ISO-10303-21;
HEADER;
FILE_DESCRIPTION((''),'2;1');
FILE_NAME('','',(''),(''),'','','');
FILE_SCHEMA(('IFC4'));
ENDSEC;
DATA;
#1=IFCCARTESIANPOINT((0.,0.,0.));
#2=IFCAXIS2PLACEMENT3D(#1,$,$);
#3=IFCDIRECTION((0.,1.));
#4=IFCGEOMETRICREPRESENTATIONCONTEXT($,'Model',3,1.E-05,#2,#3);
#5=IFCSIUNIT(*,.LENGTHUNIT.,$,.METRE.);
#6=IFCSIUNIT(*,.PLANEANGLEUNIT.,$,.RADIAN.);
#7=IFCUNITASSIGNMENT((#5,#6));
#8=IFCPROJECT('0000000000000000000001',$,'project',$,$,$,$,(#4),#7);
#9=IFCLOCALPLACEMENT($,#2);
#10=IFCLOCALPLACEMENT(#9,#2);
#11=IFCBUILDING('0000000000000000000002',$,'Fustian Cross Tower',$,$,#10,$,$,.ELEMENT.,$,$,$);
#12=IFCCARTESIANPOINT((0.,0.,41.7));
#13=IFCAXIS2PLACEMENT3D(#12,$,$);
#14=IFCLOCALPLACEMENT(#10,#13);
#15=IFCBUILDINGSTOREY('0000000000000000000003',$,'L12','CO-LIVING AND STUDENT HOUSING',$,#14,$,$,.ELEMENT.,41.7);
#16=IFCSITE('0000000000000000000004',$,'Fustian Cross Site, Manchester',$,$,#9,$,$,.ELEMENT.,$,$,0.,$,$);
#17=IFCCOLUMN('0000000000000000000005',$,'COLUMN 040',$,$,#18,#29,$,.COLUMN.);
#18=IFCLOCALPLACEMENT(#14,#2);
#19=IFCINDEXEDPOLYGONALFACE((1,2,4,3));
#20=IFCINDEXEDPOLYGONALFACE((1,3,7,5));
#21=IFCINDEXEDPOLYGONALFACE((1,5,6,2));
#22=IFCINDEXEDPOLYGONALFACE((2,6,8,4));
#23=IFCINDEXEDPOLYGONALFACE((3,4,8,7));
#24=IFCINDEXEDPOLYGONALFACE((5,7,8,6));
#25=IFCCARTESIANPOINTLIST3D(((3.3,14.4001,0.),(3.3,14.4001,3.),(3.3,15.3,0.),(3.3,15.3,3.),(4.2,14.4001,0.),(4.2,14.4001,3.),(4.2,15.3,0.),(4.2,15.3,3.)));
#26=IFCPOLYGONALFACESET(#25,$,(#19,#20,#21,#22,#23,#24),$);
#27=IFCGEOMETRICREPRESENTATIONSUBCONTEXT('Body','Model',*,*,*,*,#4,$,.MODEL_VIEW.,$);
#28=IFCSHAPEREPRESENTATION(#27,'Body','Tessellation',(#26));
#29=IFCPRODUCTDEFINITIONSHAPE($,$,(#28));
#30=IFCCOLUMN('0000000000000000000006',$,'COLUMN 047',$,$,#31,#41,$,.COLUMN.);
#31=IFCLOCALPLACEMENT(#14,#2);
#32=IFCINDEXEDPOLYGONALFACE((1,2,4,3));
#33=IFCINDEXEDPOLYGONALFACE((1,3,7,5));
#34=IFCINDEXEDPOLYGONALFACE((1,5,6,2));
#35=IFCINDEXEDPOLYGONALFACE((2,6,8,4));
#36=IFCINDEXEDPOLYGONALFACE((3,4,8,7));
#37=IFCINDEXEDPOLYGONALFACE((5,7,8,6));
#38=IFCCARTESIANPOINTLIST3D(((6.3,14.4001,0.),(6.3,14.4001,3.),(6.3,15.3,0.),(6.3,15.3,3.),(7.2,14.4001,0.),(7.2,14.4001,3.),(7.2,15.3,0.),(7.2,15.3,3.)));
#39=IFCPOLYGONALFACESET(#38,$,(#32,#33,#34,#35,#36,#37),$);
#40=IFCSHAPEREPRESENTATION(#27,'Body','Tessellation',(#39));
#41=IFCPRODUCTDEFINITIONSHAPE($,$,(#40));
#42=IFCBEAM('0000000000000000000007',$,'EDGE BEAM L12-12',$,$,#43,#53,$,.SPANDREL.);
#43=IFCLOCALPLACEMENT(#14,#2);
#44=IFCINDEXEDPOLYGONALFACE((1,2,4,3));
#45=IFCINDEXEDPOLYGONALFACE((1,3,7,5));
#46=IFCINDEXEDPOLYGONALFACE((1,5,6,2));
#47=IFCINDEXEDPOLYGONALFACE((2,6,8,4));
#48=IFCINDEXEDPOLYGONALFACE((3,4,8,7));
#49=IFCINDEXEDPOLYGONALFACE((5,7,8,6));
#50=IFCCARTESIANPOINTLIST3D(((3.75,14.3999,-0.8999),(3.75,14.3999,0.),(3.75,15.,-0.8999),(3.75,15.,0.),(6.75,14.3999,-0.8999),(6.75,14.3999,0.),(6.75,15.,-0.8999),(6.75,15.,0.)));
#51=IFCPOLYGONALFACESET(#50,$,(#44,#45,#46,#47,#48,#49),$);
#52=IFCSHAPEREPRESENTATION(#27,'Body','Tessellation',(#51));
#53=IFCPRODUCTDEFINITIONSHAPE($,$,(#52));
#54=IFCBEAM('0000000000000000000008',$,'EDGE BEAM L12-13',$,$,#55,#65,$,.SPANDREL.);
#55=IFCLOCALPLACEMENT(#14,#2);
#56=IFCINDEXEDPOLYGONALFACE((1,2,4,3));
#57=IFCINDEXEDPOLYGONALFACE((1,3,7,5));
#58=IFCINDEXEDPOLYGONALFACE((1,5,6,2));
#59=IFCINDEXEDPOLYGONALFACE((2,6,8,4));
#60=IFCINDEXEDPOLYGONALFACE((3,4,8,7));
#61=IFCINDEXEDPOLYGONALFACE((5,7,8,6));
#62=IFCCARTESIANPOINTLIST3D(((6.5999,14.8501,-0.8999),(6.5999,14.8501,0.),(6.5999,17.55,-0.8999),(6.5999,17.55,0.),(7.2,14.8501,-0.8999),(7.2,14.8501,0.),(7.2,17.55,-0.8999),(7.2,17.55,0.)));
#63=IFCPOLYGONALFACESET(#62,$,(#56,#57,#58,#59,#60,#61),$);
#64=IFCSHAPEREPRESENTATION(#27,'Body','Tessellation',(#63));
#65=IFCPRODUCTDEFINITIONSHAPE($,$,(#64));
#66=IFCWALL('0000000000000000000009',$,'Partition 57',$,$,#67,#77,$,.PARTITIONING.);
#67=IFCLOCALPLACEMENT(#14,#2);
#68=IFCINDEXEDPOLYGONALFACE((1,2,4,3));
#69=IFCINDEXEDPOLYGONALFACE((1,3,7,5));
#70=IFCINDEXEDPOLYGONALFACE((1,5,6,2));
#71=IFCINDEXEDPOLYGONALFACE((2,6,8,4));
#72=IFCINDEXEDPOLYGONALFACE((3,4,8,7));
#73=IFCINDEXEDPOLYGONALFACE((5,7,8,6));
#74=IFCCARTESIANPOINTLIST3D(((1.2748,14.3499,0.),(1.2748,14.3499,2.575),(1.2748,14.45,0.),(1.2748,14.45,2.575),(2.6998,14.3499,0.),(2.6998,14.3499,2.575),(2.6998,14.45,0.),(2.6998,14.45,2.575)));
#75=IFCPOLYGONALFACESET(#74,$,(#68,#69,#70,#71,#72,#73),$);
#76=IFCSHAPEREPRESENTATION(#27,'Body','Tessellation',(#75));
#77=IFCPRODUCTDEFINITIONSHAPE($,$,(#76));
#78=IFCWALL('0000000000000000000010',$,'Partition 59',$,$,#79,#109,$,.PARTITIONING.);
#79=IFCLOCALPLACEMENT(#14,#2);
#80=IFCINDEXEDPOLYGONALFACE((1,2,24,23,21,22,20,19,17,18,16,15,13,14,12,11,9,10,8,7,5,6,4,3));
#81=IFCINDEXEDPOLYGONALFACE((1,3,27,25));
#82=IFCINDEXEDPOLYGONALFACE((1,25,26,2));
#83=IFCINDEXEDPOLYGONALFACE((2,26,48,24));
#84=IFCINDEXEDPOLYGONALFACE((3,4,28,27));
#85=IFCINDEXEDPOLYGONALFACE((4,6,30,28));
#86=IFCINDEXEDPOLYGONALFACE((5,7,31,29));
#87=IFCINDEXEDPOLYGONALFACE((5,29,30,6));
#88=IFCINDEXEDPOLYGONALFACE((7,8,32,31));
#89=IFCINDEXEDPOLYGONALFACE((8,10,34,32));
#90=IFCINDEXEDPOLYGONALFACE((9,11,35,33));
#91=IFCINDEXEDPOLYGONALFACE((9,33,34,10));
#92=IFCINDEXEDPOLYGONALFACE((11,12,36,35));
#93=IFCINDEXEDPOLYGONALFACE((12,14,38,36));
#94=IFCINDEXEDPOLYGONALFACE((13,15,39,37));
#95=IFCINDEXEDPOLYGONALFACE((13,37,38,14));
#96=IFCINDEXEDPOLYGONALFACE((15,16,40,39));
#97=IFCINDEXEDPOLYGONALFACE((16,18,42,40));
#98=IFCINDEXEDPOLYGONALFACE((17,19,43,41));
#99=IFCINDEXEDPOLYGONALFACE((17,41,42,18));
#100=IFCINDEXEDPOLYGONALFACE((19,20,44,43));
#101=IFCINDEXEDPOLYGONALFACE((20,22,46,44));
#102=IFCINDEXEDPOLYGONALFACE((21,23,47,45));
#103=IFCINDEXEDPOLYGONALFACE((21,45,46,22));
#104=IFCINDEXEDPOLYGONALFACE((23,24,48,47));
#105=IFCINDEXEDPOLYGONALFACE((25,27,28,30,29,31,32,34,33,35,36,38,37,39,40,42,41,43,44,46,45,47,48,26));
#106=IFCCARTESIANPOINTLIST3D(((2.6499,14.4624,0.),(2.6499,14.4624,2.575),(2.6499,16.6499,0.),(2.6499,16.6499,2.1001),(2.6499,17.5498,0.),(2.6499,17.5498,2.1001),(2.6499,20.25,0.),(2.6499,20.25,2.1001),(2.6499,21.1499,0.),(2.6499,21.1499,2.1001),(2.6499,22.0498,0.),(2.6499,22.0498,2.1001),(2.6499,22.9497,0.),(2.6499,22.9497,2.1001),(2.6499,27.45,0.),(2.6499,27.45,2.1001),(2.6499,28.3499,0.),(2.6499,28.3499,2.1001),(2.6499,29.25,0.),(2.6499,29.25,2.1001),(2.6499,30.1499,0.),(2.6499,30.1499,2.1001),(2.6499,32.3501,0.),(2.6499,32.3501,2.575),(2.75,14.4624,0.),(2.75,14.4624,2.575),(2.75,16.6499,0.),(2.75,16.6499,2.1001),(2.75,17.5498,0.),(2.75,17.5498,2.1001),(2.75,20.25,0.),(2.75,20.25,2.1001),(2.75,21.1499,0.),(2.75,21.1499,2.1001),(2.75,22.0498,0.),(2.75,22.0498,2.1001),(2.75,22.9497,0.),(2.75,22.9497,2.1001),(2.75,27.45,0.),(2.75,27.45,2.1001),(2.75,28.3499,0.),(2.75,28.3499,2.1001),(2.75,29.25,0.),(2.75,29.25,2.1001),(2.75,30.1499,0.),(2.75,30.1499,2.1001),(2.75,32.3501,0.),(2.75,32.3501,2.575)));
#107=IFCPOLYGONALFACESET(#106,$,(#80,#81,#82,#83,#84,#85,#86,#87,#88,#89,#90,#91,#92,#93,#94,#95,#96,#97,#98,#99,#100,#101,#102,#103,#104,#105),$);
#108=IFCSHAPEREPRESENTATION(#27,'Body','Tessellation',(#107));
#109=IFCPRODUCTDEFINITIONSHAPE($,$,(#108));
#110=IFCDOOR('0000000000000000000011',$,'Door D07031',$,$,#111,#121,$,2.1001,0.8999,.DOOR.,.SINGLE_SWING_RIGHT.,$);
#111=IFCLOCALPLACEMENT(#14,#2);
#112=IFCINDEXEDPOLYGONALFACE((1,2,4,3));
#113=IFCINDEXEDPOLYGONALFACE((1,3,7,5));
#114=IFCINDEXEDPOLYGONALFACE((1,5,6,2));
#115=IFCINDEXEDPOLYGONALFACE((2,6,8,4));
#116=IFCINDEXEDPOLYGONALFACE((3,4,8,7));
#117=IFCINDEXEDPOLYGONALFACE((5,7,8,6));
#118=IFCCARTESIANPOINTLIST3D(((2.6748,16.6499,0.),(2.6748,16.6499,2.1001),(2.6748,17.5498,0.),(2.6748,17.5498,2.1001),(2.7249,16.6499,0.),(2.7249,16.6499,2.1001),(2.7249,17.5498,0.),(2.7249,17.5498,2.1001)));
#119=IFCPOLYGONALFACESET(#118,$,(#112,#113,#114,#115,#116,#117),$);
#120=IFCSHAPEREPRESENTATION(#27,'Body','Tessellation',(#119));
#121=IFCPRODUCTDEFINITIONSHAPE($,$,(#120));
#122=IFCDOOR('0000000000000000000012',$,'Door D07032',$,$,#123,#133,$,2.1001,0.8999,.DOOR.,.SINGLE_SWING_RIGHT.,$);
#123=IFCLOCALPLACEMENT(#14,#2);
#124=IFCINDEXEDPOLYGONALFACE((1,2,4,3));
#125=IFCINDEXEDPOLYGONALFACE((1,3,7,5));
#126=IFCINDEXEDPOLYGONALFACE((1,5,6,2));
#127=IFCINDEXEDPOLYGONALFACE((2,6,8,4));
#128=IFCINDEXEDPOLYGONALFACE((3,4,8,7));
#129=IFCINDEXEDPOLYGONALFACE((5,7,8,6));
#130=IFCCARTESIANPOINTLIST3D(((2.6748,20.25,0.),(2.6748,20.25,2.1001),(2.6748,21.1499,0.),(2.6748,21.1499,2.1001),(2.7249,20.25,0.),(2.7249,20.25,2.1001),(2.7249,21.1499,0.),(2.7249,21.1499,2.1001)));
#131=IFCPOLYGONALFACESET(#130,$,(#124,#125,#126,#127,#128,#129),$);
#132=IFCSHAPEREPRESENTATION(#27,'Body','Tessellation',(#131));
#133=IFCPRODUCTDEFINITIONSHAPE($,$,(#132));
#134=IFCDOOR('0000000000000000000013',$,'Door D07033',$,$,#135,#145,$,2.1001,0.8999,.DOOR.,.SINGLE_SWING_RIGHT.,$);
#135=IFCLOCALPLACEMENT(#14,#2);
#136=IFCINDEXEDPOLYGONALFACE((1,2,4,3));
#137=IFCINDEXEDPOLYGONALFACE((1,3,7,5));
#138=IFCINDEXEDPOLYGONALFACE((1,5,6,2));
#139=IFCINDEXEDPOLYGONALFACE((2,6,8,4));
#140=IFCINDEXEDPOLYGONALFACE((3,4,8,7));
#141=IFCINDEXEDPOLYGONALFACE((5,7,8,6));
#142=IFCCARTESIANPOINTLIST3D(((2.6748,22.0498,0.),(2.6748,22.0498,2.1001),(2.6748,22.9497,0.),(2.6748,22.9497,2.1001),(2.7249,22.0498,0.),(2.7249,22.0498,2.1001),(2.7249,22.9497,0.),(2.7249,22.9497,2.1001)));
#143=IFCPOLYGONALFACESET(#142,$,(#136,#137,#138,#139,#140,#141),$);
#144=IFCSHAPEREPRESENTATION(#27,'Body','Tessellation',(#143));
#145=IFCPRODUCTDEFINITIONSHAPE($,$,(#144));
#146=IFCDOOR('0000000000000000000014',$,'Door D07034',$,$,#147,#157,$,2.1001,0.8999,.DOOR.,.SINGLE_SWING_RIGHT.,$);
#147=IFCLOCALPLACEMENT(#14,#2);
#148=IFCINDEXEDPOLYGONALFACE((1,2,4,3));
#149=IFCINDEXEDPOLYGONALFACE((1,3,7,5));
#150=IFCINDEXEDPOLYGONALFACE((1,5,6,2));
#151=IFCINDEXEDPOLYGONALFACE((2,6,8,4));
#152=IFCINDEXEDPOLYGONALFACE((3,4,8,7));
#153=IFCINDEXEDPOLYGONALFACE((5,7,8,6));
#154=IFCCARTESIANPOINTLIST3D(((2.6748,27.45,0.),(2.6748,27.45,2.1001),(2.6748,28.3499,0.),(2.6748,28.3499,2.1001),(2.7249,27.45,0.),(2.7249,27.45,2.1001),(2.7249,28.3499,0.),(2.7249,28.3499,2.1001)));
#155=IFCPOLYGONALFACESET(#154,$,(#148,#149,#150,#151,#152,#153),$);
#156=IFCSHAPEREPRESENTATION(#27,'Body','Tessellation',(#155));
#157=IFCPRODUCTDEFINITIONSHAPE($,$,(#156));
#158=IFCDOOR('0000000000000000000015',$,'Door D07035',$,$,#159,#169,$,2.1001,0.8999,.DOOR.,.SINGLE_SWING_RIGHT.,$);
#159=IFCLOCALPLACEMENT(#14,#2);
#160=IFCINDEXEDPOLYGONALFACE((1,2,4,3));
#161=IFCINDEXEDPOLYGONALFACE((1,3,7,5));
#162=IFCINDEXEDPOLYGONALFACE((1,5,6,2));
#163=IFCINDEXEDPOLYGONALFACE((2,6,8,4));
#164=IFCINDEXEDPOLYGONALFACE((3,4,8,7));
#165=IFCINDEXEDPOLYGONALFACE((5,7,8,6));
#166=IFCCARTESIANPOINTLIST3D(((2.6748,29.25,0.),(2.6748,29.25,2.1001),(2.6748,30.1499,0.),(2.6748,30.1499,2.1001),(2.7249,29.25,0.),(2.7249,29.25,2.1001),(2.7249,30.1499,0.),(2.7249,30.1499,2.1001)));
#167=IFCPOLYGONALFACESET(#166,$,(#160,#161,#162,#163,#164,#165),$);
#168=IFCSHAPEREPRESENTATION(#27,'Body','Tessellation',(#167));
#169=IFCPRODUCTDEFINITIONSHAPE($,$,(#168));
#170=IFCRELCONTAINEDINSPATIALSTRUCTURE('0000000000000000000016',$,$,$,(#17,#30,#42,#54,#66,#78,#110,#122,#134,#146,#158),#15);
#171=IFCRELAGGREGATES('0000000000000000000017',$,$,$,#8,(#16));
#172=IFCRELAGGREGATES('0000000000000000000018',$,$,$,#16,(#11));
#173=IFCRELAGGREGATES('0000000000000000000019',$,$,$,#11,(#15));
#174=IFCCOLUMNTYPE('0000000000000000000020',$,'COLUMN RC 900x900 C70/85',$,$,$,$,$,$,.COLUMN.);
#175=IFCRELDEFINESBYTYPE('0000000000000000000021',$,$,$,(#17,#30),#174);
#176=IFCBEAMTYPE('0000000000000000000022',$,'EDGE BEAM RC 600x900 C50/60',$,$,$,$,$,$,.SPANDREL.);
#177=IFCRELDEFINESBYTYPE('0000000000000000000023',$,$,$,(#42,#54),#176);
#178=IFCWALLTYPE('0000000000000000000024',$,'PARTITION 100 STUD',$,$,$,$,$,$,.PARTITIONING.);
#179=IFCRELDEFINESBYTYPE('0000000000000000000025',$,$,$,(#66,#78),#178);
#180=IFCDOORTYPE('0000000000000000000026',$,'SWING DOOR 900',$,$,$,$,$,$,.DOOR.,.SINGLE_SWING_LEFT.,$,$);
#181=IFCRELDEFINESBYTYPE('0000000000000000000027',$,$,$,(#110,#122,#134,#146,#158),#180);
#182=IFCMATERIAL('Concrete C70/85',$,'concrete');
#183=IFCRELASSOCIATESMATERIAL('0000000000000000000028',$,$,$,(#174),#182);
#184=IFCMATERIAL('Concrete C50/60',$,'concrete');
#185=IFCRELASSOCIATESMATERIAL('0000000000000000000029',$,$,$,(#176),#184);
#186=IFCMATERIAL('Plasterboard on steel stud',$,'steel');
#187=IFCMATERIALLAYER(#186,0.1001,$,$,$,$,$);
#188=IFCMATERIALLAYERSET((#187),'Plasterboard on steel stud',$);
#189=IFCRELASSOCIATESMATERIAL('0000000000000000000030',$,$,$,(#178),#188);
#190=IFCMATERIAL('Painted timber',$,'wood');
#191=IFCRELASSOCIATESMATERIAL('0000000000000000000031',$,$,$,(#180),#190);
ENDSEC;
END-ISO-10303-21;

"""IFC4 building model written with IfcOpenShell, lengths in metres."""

from ifc_helpers import new_model, si_unit, direction, frame, frame_2d, origin, origin_2d, place, context, subcontext, project, spatial, rectangle, extrude, material, layer, layer_set, material_profile, profile_set, type_object, element, fill, save


model = new_model("IFC4")

# Units and contexts
model_context = context("Model", 3, precision=1e-05, world=origin(), true_north=direction((0.0, 1.0)))
body_context = subcontext(model_context, "Body", "Model", "MODEL_VIEW")
ifc_project = project(units=[si_unit("LENGTHUNIT", "METRE"), si_unit("PLANEANGLEUNIT", "RADIAN")], contexts=[model_context])

# Site, building, storey
site_placement = place(None, origin())
site = spatial("IfcSite", under=ifc_project, at=site_placement, Name="Fustian Cross Site, Manchester", CompositionType="ELEMENT", RefElevation=0.0)
building_placement = place(site_placement, origin())
building = spatial("IfcBuilding", under=site, at=building_placement, Name="Fustian Cross Tower", CompositionType="ELEMENT")
storey_placement = place(building_placement, frame((0.0, 0.0, 41.7)))
storey = spatial("IfcBuildingStorey", under=building, at=storey_placement, Name="L12", Description="CO-LIVING AND STUDENT HOUSING", CompositionType="ELEMENT", Elevation=41.7)

# Columns
ifc_material_1 = material(Name="Concrete C70/85", Category="concrete")
ifc_material_profile_1 = material_profile(ifc_material_1, rectangle(XDim=0.8999, YDim=0.8999, at=origin_2d()), Name="RC 900x900")
ifc_profile_set_1 = profile_set([ifc_material_profile_1], Name="Concrete C70/85")
column_type = type_object("IfcColumnType", Name="COLUMN RC 900x900 C70/85", PredefinedType="COLUMN", material=ifc_profile_set_1)
for number, where, z_axis, x_axis, name in (
    (1, (3.75, 14.8501, 0.0), (0.0, 0.0, 1.0), (1.0, 0.0, 0.0), "COLUMN 040"),
    (2, (6.75, 14.8501, 0.0), (0.0, 0.0, 1.0), (1.0, 0.0, 0.0), "COLUMN 047"),
):
    element("IfcColumn", number, at=place(storey_placement, frame(where, z_axis=z_axis, x_axis=x_axis)), inside=storey, type_object=column_type, Name=name, PredefinedType="COLUMN", context=body_context, shape_type="SweptSolid", body=[
        extrude(rectangle(XDim=0.8999, YDim=0.8999, at=origin_2d()), origin(), (0.0, 0.0, 1.0), 3.0),
    ])

# Beams
ifc_material_2 = material(Name="Concrete C50/60", Category="concrete")
ifc_material_profile_2 = material_profile(ifc_material_2, rectangle(XDim=0.6001, YDim=0.8999, at=origin_2d()), Name="RC 600x900")
ifc_profile_set_2 = profile_set([ifc_material_profile_2], Name="Concrete C50/60")
beam_type = type_object("IfcBeamType", Name="EDGE BEAM RC 600x900 C50/60", PredefinedType="SPANDREL", material=ifc_profile_set_2)
beam_1_placement = place(storey_placement, frame((3.75, 14.7, -0.45), z_axis=(1.0, 0.0, 0.0), x_axis=(0.0, 1.0, 0.0)))
element("IfcBeam", 3, at=beam_1_placement, inside=storey, type_object=beam_type, Name="EDGE BEAM L12-12", PredefinedType="SPANDREL", context=body_context, shape_type="SweptSolid", body=[
    extrude(rectangle(XDim=0.6001, YDim=0.8999, at=origin_2d()), origin(), (0.0, 0.0, 1.0), 3.0),
])
beam_2_placement = place(storey_placement, frame((6.8999, 14.8501, -0.45), z_axis=(0.0, 1.0, 0.0), x_axis=(-1.0, 0.0, 0.0)))
element("IfcBeam", 4, at=beam_2_placement, inside=storey, type_object=beam_type, Name="EDGE BEAM L12-13", PredefinedType="SPANDREL", context=body_context, shape_type="SweptSolid", body=[
    extrude(rectangle(XDim=0.6001, YDim=0.8999, at=origin_2d()), origin(), (0.0, 0.0, 1.0), 2.7),
])

# Wall
ifc_material_3 = material(Name="Plasterboard on steel stud", Category="steel")
ifc_layer_1 = layer(ifc_material_3, 0.1001)
ifc_layer_set_1 = layer_set([ifc_layer_1], Name="Plasterboard on steel stud")
wall_type_1 = type_object("IfcWallType", Name="PARTITION 100 STUD", PredefinedType="PARTITIONING", material=ifc_layer_set_1)
wall_1_placement = place(storey_placement, frame((1.2749, 14.3999, 0.0), z_axis=(0.0, 0.0, 1.0), x_axis=(1.0, 0.0, 0.0)))
element("IfcWall", 5, at=wall_1_placement, inside=storey, type_object=wall_type_1, Name="Partition 57", PredefinedType="PARTITIONING", context=body_context, shape_type="SweptSolid", body=[
    extrude(rectangle(XDim=1.425, YDim=0.1001, at=frame_2d((0.7124, 0.0))), origin(), (0.0, 0.0, 1.0), 2.575),
])

# Wall, openings, doors
wall_2_placement = place(storey_placement, frame((2.7, 14.4624, 0.0), z_axis=(0.0, 0.0, 1.0), x_axis=(0.0, 1.0, 0.0)))
wall_2 = element("IfcWall", 6, at=wall_2_placement, inside=storey, type_object=wall_type_1, Name="Partition 59", PredefinedType="PARTITIONING", context=body_context, shape_type="SweptSolid", body=[
    extrude(rectangle(XDim=17.8877, YDim=0.1001, at=frame_2d((8.9438, 0.0))), origin(), (0.0, 0.0, 1.0), 2.575),
])
opening_1_placement = place(wall_2_placement, frame((2.1875, 0.0, 0.0)))
opening_1 = element("IfcOpeningElement", 7, at=opening_1_placement, cuts=wall_2, PredefinedType="OPENING", context=body_context, shape_type="SweptSolid", body=[
    extrude(rectangle(XDim=0.8999, YDim=2.1001, at=frame_2d((0.45, 1.05))), frame((0.0, 0.0601, 0.0), z_axis=(0.0, -1.0, 0.0), x_axis=(1.0, 0.0, 0.0)), (0.0, 0.0, 1.0), 0.1201),
])
opening_2_placement = place(wall_2_placement, frame((5.7876, 0.0, 0.0)))
opening_2 = element("IfcOpeningElement", 8, at=opening_2_placement, cuts=wall_2, PredefinedType="OPENING", context=body_context, shape_type="SweptSolid", body=[
    extrude(rectangle(XDim=0.8999, YDim=2.1001, at=frame_2d((0.45, 1.05))), frame((0.0, 0.0601, 0.0), z_axis=(0.0, -1.0, 0.0), x_axis=(1.0, 0.0, 0.0)), (0.0, 0.0, 1.0), 0.1201),
])
opening_3_placement = place(wall_2_placement, frame((7.5874, 0.0, 0.0)))
opening_3 = element("IfcOpeningElement", 9, at=opening_3_placement, cuts=wall_2, PredefinedType="OPENING", context=body_context, shape_type="SweptSolid", body=[
    extrude(rectangle(XDim=0.8999, YDim=2.1001, at=frame_2d((0.45, 1.05))), frame((0.0, 0.0601, 0.0), z_axis=(0.0, -1.0, 0.0), x_axis=(1.0, 0.0, 0.0)), (0.0, 0.0, 1.0), 0.1201),
])
opening_4_placement = place(wall_2_placement, frame((12.9875, 0.0, 0.0)))
opening_4 = element("IfcOpeningElement", 10, at=opening_4_placement, cuts=wall_2, PredefinedType="OPENING", context=body_context, shape_type="SweptSolid", body=[
    extrude(rectangle(XDim=0.8999, YDim=2.1001, at=frame_2d((0.45, 1.05))), frame((0.0, 0.0601, 0.0), z_axis=(0.0, -1.0, 0.0), x_axis=(1.0, 0.0, 0.0)), (0.0, 0.0, 1.0), 0.1201),
])
opening_5_placement = place(wall_2_placement, frame((14.7876, 0.0, 0.0)))
opening_5 = element("IfcOpeningElement", 11, at=opening_5_placement, cuts=wall_2, PredefinedType="OPENING", context=body_context, shape_type="SweptSolid", body=[
    extrude(rectangle(XDim=0.8999, YDim=2.1001, at=frame_2d((0.45, 1.05))), frame((0.0, 0.0601, 0.0), z_axis=(0.0, -1.0, 0.0), x_axis=(1.0, 0.0, 0.0)), (0.0, 0.0, 1.0), 0.1201),
])
ifc_material_4 = material(Name="Painted timber", Category="wood")
door_type_1 = type_object("IfcDoorType", Name="SWING DOOR 900", OperationType="SINGLE_SWING_LEFT", PredefinedType="DOOR", material=ifc_material_4)
door_1_placement = place(opening_1_placement, frame((0.8999, 0.0, 0.0), z_axis=(0.0, 0.0, 1.0), x_axis=(-1.0, 0.0, 0.0)))
door_1 = element("IfcDoor", 12, at=door_1_placement, inside=storey, type_object=door_type_1, Name="Door D07031", OperationType="SINGLE_SWING_RIGHT", OverallHeight=2.1001, OverallWidth=0.8999, PredefinedType="DOOR", context=body_context, shape_type="SweptSolid", body=[
    extrude(rectangle(XDim=0.8999, YDim=2.1001, at=frame_2d((0.45, 1.05))), frame((0.0, 0.0249, 0.0), z_axis=(0.0, -1.0, 0.0), x_axis=(1.0, 0.0, 0.0)), (0.0, 0.0, 1.0), 0.05),
])
fill(opening_1, door_1)
door_2_placement = place(opening_2_placement, frame((0.8999, 0.0, 0.0), z_axis=(0.0, 0.0, 1.0), x_axis=(-1.0, 0.0, 0.0)))
door_2 = element("IfcDoor", 13, at=door_2_placement, inside=storey, type_object=door_type_1, Name="Door D07032", OperationType="SINGLE_SWING_RIGHT", OverallHeight=2.1001, OverallWidth=0.8999, PredefinedType="DOOR", context=body_context, shape_type="SweptSolid", body=[
    extrude(rectangle(XDim=0.8999, YDim=2.1001, at=frame_2d((0.45, 1.05))), frame((0.0, 0.0249, 0.0), z_axis=(0.0, -1.0, 0.0), x_axis=(1.0, 0.0, 0.0)), (0.0, 0.0, 1.0), 0.05),
])
fill(opening_2, door_2)
door_3_placement = place(opening_3_placement, frame((0.8999, 0.0, 0.0), z_axis=(0.0, 0.0, 1.0), x_axis=(-1.0, 0.0, 0.0)))
door_3 = element("IfcDoor", 14, at=door_3_placement, inside=storey, type_object=door_type_1, Name="Door D07033", OperationType="SINGLE_SWING_RIGHT", OverallHeight=2.1001, OverallWidth=0.8999, PredefinedType="DOOR", context=body_context, shape_type="SweptSolid", body=[
    extrude(rectangle(XDim=0.8999, YDim=2.1001, at=frame_2d((0.45, 1.05))), frame((0.0, 0.0249, 0.0), z_axis=(0.0, -1.0, 0.0), x_axis=(1.0, 0.0, 0.0)), (0.0, 0.0, 1.0), 0.05),
])
fill(opening_3, door_3)
door_4_placement = place(opening_4_placement, frame((0.8999, 0.0, 0.0), z_axis=(0.0, 0.0, 1.0), x_axis=(-1.0, 0.0, 0.0)))
door_4 = element("IfcDoor", 15, at=door_4_placement, inside=storey, type_object=door_type_1, Name="Door D07034", OperationType="SINGLE_SWING_RIGHT", OverallHeight=2.1001, OverallWidth=0.8999, PredefinedType="DOOR", context=body_context, shape_type="SweptSolid", body=[
    extrude(rectangle(XDim=0.8999, YDim=2.1001, at=frame_2d((0.45, 1.05))), frame((0.0, 0.0249, 0.0), z_axis=(0.0, -1.0, 0.0), x_axis=(1.0, 0.0, 0.0)), (0.0, 0.0, 1.0), 0.05),
])
fill(opening_4, door_4)
door_5_placement = place(opening_5_placement, frame((0.8999, 0.0, 0.0), z_axis=(0.0, 0.0, 1.0), x_axis=(-1.0, 0.0, 0.0)))
door_5 = element("IfcDoor", 16, at=door_5_placement, inside=storey, type_object=door_type_1, Name="Door D07035", OperationType="SINGLE_SWING_RIGHT", OverallHeight=2.1001, OverallWidth=0.8999, PredefinedType="DOOR", context=body_context, shape_type="SweptSolid", body=[
    extrude(rectangle(XDim=0.8999, YDim=2.1001, at=frame_2d((0.45, 1.05))), frame((0.0, 0.0249, 0.0), z_axis=(0.0, -1.0, 0.0), x_axis=(1.0, 0.0, 0.0)), (0.0, 0.0, 1.0), 0.05),
])
fill(opening_5, door_5)

save(model, "model.ifc")
